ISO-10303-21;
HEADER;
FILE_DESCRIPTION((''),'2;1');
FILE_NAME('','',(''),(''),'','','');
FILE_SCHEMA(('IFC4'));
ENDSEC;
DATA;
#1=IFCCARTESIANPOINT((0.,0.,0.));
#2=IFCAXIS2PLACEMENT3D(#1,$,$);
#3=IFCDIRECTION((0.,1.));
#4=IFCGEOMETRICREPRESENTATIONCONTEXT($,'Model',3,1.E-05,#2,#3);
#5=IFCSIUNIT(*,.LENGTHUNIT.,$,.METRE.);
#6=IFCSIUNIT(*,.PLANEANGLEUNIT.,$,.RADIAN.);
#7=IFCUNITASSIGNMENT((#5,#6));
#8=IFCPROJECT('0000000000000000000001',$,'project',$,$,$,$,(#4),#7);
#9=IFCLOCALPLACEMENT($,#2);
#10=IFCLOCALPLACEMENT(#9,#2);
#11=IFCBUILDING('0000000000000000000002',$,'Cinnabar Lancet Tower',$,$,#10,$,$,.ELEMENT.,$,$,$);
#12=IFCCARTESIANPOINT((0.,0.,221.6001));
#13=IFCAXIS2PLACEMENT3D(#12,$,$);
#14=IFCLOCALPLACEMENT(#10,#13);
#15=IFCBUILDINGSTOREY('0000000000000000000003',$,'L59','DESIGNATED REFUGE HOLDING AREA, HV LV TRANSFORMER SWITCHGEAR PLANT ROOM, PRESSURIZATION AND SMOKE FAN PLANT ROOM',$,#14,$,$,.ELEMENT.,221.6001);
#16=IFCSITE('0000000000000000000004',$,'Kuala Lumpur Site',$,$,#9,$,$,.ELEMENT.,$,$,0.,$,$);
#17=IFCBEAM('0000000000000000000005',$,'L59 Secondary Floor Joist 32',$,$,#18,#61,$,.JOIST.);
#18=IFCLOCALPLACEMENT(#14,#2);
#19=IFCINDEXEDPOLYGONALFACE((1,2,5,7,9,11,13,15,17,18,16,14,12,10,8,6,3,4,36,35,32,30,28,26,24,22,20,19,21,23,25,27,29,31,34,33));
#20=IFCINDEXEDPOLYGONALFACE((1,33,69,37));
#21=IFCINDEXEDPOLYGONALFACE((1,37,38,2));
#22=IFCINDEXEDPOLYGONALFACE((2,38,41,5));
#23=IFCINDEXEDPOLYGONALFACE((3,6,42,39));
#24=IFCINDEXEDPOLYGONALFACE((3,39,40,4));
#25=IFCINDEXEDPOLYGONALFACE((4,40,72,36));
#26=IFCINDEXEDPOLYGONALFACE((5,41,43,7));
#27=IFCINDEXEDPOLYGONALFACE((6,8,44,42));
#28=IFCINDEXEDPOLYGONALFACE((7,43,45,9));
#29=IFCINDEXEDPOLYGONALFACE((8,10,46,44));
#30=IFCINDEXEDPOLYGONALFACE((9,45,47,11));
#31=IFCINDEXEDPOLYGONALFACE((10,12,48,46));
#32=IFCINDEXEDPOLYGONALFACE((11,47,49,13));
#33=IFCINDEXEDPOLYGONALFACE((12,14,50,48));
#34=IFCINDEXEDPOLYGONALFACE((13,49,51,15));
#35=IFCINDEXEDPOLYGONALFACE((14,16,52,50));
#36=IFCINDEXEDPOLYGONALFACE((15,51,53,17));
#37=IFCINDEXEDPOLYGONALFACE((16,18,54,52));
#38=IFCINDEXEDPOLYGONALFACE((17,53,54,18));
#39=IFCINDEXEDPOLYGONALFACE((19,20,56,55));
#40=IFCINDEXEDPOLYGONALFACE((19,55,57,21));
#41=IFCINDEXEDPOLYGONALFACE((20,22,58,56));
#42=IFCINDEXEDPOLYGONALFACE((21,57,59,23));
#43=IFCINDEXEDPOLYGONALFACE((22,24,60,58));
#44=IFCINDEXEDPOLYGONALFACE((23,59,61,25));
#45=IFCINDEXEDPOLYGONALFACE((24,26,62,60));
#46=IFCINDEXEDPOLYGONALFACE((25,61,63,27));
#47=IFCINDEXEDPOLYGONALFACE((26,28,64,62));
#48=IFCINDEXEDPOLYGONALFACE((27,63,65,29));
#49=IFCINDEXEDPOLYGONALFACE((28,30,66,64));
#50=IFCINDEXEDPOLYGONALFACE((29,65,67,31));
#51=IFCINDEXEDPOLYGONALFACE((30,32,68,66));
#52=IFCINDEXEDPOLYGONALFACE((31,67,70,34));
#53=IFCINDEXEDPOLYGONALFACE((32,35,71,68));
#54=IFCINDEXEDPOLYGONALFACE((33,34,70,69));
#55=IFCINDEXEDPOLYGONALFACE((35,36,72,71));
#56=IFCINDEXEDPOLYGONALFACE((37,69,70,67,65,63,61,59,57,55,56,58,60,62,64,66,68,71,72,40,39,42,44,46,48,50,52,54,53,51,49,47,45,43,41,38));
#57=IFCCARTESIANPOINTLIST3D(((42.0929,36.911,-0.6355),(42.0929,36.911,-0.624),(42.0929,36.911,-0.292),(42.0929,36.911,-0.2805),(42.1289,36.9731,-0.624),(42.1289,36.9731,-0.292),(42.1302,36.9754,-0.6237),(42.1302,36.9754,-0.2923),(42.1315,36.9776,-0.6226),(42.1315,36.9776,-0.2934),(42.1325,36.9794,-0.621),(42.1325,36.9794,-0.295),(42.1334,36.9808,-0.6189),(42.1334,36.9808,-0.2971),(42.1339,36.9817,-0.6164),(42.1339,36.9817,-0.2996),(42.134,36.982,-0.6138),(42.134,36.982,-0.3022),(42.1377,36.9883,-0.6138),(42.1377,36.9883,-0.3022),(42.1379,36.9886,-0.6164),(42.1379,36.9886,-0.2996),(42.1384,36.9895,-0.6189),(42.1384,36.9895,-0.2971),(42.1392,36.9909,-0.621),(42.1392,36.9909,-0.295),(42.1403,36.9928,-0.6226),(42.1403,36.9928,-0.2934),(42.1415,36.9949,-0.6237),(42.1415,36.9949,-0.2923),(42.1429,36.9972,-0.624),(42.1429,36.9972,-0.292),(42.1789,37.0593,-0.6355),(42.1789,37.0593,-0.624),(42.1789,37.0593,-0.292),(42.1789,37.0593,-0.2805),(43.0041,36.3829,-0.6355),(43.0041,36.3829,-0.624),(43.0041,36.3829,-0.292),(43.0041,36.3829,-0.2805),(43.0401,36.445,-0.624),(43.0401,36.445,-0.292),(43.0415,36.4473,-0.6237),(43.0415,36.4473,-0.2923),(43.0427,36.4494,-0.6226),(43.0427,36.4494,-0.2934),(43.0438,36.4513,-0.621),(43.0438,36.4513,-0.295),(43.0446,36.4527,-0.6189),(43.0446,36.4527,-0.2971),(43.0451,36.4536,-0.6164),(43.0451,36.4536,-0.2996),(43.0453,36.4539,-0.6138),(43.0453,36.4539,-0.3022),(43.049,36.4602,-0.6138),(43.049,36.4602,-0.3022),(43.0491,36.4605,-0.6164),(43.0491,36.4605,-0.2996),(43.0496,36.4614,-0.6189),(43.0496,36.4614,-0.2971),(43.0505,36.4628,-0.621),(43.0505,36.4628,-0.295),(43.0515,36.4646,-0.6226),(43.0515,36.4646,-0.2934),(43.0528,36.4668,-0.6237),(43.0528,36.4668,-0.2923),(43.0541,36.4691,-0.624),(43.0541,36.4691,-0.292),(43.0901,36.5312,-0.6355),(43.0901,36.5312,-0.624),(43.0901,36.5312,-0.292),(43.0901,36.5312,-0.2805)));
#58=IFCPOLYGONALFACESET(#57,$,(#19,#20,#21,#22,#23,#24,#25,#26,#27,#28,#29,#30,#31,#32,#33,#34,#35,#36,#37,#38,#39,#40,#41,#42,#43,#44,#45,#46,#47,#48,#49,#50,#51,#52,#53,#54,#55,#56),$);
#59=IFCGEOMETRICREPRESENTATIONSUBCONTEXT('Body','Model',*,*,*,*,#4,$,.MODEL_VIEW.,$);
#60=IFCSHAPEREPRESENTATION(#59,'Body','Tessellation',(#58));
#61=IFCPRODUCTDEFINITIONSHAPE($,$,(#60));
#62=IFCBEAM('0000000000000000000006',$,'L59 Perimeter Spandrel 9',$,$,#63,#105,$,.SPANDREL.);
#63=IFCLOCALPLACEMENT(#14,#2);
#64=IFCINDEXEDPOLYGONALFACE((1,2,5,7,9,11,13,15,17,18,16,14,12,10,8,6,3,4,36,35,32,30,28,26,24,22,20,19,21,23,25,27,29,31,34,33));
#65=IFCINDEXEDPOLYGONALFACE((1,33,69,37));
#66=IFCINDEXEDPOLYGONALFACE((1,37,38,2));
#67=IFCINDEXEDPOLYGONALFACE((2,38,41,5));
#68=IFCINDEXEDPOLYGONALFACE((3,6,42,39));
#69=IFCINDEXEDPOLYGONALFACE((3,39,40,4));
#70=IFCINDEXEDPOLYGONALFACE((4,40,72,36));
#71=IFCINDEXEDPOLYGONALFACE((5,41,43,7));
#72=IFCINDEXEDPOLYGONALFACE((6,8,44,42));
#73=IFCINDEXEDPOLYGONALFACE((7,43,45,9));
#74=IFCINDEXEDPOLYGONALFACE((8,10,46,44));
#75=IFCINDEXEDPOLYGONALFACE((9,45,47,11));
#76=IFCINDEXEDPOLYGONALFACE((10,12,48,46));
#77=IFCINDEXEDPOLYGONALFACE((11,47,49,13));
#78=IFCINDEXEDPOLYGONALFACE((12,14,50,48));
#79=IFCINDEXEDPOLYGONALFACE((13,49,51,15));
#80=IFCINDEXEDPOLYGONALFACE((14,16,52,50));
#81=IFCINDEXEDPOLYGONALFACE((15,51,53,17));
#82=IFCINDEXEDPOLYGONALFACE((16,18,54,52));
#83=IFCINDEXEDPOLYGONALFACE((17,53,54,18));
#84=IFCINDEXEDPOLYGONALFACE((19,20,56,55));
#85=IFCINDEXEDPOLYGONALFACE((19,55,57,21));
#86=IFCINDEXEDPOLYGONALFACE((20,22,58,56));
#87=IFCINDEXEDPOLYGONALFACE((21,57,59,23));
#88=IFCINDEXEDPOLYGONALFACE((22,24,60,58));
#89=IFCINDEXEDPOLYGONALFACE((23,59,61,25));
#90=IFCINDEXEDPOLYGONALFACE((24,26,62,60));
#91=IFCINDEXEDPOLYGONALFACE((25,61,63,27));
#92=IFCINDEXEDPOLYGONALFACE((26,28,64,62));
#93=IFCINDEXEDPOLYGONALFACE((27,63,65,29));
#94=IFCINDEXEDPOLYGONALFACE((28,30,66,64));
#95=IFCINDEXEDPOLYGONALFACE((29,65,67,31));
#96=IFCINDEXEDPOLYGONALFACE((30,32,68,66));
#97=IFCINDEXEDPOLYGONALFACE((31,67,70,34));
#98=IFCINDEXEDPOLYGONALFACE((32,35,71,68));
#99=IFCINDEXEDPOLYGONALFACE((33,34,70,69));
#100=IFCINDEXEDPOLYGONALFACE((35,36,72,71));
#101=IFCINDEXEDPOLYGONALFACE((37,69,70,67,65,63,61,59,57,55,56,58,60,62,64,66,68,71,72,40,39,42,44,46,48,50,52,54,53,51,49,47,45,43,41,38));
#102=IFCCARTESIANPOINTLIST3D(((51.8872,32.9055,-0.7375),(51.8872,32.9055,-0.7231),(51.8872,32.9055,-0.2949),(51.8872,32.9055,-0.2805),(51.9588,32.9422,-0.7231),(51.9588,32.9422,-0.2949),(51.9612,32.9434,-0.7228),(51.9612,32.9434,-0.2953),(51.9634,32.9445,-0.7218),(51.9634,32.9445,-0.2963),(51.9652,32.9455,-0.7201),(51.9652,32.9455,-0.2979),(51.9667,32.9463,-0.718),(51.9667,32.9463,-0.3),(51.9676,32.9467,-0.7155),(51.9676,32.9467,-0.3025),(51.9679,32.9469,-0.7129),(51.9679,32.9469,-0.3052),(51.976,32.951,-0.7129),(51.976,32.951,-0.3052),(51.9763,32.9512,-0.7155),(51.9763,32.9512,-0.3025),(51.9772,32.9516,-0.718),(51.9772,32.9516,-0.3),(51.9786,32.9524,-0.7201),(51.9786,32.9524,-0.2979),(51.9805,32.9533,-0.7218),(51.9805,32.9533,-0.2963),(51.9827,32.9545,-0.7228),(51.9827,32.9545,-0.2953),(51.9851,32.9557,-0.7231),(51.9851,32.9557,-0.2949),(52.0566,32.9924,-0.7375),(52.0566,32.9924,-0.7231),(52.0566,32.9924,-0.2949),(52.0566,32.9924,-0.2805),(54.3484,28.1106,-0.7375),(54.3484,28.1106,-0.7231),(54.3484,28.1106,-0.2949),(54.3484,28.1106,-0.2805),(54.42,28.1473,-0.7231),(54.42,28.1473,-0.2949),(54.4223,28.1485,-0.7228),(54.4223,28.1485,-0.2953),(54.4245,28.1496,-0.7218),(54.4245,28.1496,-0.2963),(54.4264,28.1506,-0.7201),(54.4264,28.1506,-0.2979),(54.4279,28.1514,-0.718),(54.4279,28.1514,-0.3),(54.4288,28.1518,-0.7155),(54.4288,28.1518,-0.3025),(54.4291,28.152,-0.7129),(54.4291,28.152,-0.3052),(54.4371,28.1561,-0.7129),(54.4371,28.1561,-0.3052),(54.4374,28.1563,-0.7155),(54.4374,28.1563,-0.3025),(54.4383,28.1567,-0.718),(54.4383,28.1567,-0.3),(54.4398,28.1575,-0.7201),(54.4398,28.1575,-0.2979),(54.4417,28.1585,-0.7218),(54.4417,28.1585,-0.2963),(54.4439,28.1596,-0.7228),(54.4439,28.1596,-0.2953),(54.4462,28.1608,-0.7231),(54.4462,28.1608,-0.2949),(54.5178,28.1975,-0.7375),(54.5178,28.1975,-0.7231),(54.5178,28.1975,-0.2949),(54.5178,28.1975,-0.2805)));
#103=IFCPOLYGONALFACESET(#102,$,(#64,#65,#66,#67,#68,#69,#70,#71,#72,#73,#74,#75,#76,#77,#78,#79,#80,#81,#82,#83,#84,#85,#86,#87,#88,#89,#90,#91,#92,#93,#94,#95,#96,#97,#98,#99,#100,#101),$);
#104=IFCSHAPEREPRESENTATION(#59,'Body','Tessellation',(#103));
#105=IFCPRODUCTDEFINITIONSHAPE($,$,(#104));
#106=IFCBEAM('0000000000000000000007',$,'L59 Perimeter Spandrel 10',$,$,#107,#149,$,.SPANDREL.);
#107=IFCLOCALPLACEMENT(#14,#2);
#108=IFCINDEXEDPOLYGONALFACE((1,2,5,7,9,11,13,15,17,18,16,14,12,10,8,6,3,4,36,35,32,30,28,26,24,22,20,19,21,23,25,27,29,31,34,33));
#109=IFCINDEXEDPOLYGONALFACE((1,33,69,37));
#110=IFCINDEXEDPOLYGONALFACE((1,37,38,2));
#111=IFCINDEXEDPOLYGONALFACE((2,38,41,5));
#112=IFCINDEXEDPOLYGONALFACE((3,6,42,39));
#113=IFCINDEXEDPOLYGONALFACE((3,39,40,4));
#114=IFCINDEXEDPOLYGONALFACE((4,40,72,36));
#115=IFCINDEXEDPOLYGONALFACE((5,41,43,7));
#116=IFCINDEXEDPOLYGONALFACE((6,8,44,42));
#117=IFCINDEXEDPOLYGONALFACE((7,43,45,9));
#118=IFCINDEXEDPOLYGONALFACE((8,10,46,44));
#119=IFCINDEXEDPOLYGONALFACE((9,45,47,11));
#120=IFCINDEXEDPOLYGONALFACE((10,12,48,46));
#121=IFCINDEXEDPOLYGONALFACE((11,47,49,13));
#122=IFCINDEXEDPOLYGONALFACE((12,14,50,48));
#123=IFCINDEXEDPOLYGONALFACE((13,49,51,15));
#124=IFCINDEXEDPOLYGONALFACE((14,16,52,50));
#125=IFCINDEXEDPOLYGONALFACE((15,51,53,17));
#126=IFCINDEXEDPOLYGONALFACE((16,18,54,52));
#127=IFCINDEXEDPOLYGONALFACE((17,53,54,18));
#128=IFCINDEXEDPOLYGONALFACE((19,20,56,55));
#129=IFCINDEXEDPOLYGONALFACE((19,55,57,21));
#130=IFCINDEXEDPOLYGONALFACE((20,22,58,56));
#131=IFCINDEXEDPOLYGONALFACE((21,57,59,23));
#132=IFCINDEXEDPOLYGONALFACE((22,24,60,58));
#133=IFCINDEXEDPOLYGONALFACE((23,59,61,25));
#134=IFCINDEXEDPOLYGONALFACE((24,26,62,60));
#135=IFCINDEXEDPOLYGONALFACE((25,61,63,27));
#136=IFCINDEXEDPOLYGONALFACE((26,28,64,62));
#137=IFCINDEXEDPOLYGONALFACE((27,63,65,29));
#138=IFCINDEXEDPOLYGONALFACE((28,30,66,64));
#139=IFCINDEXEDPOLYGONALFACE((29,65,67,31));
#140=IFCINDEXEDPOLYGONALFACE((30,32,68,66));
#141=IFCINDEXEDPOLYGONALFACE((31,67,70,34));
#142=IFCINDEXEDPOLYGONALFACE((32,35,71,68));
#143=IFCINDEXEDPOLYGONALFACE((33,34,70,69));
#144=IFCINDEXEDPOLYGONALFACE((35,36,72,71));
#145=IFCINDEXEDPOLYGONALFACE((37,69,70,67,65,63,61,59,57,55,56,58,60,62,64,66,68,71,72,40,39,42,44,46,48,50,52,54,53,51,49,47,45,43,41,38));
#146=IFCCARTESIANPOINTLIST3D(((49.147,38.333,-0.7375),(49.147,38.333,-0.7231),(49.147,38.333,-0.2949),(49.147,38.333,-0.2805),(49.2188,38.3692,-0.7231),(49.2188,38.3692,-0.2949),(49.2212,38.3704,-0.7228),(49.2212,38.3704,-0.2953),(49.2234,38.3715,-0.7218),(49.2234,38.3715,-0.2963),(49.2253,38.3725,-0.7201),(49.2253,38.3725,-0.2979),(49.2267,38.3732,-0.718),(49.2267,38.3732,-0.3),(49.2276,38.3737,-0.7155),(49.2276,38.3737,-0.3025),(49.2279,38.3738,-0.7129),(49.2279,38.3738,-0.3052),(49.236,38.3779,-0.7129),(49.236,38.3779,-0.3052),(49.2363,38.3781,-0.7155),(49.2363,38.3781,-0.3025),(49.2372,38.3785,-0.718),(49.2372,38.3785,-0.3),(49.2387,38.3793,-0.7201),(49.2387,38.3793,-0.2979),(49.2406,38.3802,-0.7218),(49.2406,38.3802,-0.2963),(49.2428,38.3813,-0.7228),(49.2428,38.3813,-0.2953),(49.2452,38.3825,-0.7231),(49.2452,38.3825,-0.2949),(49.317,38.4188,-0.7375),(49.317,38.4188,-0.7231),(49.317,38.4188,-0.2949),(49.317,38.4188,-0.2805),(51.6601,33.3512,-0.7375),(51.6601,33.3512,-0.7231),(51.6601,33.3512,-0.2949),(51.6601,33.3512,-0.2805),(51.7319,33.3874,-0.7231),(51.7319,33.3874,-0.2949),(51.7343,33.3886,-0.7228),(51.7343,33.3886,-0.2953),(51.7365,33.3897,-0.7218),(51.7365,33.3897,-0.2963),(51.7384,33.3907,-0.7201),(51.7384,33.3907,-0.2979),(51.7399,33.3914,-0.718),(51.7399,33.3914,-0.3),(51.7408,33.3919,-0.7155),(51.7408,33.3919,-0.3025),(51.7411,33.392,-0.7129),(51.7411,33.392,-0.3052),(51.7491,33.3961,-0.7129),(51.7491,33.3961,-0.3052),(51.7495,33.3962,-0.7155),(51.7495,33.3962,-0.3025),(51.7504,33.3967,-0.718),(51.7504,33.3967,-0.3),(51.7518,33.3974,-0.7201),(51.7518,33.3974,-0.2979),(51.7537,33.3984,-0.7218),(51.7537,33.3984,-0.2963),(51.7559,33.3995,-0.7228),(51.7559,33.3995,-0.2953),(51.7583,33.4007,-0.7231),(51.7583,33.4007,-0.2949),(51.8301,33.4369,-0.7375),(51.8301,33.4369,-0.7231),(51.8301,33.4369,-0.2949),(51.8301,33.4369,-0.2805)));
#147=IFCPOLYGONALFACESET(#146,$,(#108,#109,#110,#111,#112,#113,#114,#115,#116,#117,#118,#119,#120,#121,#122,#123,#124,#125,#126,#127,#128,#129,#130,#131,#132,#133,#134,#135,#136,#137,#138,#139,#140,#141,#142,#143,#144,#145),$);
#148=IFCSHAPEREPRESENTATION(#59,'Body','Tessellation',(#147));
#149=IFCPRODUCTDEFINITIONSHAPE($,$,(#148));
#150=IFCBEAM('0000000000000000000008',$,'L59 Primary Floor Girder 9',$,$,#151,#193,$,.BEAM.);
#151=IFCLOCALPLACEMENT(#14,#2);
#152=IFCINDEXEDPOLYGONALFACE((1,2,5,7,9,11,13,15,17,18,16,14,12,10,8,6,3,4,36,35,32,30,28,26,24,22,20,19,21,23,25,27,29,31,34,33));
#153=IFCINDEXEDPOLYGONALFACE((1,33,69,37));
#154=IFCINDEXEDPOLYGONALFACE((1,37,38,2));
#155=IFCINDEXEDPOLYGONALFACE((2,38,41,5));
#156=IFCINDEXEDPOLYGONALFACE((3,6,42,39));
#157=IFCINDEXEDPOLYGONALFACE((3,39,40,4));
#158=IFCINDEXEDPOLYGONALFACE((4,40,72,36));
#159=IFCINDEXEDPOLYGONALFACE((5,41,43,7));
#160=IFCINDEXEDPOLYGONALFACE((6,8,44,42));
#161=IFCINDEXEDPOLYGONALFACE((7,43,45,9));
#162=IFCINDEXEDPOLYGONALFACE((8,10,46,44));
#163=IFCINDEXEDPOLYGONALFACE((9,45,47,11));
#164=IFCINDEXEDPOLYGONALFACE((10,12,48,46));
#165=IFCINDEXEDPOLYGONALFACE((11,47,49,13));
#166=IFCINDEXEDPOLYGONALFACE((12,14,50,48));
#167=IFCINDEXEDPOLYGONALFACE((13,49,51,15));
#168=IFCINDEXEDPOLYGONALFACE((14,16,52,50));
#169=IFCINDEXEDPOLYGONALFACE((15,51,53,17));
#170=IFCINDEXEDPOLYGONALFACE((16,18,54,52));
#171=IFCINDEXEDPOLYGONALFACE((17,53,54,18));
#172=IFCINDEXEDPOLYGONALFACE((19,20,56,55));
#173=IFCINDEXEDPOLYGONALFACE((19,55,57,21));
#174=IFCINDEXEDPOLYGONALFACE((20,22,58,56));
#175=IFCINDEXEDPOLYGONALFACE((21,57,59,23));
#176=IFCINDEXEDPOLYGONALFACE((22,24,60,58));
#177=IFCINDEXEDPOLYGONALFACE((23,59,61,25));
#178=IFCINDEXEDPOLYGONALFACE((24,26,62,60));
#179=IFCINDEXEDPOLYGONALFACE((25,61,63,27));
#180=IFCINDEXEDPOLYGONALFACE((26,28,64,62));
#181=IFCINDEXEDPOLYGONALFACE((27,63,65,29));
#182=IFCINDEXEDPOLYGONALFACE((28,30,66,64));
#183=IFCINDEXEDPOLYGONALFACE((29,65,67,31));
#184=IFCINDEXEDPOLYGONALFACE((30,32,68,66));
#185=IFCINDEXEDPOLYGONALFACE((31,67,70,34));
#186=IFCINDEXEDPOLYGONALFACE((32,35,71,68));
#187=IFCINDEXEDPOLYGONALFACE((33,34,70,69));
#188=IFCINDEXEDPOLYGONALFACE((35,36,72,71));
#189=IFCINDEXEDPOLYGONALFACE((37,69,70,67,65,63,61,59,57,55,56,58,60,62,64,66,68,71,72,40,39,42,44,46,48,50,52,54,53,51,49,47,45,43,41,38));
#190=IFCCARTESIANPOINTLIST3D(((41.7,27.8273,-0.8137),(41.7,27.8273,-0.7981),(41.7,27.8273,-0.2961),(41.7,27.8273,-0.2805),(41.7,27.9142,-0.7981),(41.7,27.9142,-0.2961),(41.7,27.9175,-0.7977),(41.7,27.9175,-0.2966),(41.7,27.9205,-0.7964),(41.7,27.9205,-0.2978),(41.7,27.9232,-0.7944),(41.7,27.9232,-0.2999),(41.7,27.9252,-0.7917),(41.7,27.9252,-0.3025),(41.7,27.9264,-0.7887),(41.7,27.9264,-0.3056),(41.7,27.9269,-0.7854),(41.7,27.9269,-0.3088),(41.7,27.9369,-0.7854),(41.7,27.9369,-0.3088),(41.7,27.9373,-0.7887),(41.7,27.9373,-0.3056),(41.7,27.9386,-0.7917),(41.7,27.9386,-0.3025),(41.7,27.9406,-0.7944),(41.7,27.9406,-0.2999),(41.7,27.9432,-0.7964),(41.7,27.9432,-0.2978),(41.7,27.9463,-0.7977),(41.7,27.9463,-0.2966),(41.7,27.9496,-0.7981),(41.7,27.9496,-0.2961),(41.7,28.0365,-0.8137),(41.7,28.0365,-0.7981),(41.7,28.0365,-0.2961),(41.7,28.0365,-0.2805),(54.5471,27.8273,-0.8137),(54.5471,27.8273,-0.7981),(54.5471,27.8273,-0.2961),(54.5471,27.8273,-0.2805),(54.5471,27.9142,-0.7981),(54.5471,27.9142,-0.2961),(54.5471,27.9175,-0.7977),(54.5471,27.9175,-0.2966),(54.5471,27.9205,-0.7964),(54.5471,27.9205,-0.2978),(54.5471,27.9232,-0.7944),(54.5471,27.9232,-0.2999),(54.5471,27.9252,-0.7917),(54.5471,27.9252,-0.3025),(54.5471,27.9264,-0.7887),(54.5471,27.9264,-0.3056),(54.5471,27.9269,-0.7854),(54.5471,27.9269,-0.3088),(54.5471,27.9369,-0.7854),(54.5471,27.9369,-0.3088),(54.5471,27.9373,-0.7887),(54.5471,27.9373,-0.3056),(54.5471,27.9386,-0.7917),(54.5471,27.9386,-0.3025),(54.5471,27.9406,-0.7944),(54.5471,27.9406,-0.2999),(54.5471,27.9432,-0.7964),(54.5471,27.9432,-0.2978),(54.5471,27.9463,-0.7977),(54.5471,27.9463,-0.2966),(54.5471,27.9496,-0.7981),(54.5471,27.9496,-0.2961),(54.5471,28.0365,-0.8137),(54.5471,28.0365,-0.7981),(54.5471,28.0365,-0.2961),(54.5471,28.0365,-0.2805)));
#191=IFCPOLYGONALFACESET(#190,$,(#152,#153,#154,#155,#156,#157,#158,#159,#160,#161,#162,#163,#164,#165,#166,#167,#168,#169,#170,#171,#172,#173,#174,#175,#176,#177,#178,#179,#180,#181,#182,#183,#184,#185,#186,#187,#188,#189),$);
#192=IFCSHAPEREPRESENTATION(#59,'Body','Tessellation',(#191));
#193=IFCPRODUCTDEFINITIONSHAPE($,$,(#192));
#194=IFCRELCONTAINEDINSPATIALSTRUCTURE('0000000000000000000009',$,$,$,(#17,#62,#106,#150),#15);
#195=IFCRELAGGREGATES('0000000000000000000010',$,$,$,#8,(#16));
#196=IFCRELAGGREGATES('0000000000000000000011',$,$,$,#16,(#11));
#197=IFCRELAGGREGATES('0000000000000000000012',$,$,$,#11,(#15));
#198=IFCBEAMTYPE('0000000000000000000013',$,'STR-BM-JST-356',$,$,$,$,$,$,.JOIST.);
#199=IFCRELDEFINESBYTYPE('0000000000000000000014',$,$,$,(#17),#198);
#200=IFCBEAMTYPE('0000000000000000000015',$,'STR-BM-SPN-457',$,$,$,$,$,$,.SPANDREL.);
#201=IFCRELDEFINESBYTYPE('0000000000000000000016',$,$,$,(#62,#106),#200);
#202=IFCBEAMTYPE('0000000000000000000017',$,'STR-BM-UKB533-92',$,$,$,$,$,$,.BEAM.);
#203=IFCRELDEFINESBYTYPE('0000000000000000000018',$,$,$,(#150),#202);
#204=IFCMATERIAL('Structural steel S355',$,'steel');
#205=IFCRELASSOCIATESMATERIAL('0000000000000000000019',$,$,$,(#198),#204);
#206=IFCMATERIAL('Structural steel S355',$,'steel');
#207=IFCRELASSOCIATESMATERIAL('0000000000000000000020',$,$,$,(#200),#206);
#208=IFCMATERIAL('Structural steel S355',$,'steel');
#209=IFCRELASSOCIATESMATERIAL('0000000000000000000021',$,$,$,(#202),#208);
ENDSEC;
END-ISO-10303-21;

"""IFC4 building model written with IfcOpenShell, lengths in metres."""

from ifc_helpers import new_model, si_unit, direction, frame, origin, origin_2d, place, context, subcontext, project, spatial, i_section, extrude, material, material_profile, profile_set, type_object, element, save


model = new_model("IFC4")

# Units and contexts
model_context = context("Model", 3, precision=1e-05, world=origin(), true_north=direction((0.0, 1.0)))
body_context = subcontext(model_context, "Body", "Model", "MODEL_VIEW")
ifc_project = project(units=[si_unit("LENGTHUNIT", "METRE"), si_unit("PLANEANGLEUNIT", "RADIAN")], contexts=[model_context])

# Site, building, storey
site_placement = place(None, origin())
site = spatial("IfcSite", under=ifc_project, at=site_placement, Name="Kuala Lumpur Site", CompositionType="ELEMENT", RefElevation=0.0)
building_placement = place(site_placement, origin())
building = spatial("IfcBuilding", under=site, at=building_placement, Name="Cinnabar Lancet Tower", CompositionType="ELEMENT")
storey_placement = place(building_placement, frame((0.0, 0.0, 221.6001)))
storey = spatial("IfcBuildingStorey", under=building, at=storey_placement, Name="L59", Description="DESIGNATED REFUGE HOLDING AREA, HV LV TRANSFORMER SWITCHGEAR PLANT ROOM, PRESSURIZATION AND SMOKE FAN PLANT ROOM", CompositionType="ELEMENT", Elevation=221.6001)

# Beams
ifc_material_1 = material(Name="Structural steel S355", Category="steel")
ifc_material_profile_1 = material_profile(ifc_material_1, i_section(OverallWidth=0.1714, OverallDepth=0.355, WebThickness=0.0073, FlangeThickness=0.0115, FilletRadius=0.0103, at=origin_2d()), Name="UKB 356x171x51")
ifc_profile_set_1 = profile_set([ifc_material_profile_1], Name="Structural steel S355")
beam_type_1 = type_object("IfcBeamType", Name="STR-BM-JST-356", PredefinedType="JOIST", material=ifc_profile_set_1)
beam_1_placement = place(storey_placement, frame((43.0471, 36.457, -0.458), z_axis=(-0.865188, 0.501447, 0.0), x_axis=(-0.501447, -0.865188, 0.0)))
element("IfcBeam", 1, at=beam_1_placement, inside=storey, type_object=beam_type_1, Name="L59 Secondary Floor Joist 32", PredefinedType="JOIST", context=body_context, shape_type="SweptSolid", body=[
    extrude(i_section(OverallWidth=0.1714, OverallDepth=0.355, WebThickness=0.0073, FlangeThickness=0.0115, FilletRadius=0.0103, at=origin_2d()), origin(), (0.0, 0.0, 1.0), 1.0532),
])
ifc_material_2 = material(Name="Structural steel S355", Category="steel")
ifc_material_profile_2 = material_profile(ifc_material_2, i_section(OverallWidth=0.1904, OverallDepth=0.457, WebThickness=0.009, FlangeThickness=0.0144, FilletRadius=0.0103, at=origin_2d()), Name="UKB 457x191x74")
ifc_profile_set_2 = profile_set([ifc_material_profile_2], Name="Structural steel S355")
beam_type_2 = type_object("IfcBeamType", Name="STR-BM-SPN-457", PredefinedType="SPANDREL", material=ifc_profile_set_2)
beam_2_placement = place(storey_placement, frame((54.4331, 28.1541, -0.509), z_axis=(-0.456647, 0.889648, 0.0), x_axis=(-0.889648, -0.456647, 0.0)))
element("IfcBeam", 2, at=beam_2_placement, inside=storey, type_object=beam_type_2, Name="L59 Perimeter Spandrel 9", PredefinedType="SPANDREL", context=body_context, shape_type="SweptSolid", body=[
    extrude(i_section(OverallWidth=0.1904, OverallDepth=0.457, WebThickness=0.009, FlangeThickness=0.0144, FilletRadius=0.0103, at=origin_2d()), origin(), (0.0, 0.0, 1.0), 5.3896),
])
beam_3_placement = place(storey_placement, frame((51.7451, 33.394, -0.509), z_axis=(-0.450396, 0.892829, 0.0), x_axis=(-0.892829, -0.450396, 0.0)))
element("IfcBeam", 3, at=beam_3_placement, inside=storey, type_object=beam_type_2, Name="L59 Perimeter Spandrel 10", PredefinedType="SPANDREL", context=body_context, shape_type="SweptSolid", body=[
    extrude(i_section(OverallWidth=0.1904, OverallDepth=0.457, WebThickness=0.009, FlangeThickness=0.0144, FilletRadius=0.0103, at=origin_2d()), origin(), (0.0, 0.0, 1.0), 5.5798),
])
ifc_material_3 = material(Name="Structural steel S355", Category="steel")
ifc_material_profile_3 = material_profile(ifc_material_3, i_section(OverallWidth=0.2092, OverallDepth=0.5332, WebThickness=0.01, FlangeThickness=0.0156, FilletRadius=0.0127, at=origin_2d()), Name="UKB 533x210x92")
ifc_profile_set_3 = profile_set([ifc_material_profile_3], Name="Structural steel S355")
beam_type_3 = type_object("IfcBeamType", Name="STR-BM-UKB533-92", PredefinedType="BEAM", material=ifc_profile_set_3)
beam_4_placement = place(storey_placement, frame((54.5471, 27.9319, -0.5471), z_axis=(-1.0, 0.0, 0.0), x_axis=(0.0, -1.0, 0.0)))
element("IfcBeam", 4, at=beam_4_placement, inside=storey, type_object=beam_type_3, Name="L59 Primary Floor Girder 9", PredefinedType="BEAM", context=body_context, shape_type="SweptSolid", body=[
    extrude(i_section(OverallWidth=0.2092, OverallDepth=0.5332, WebThickness=0.01, FlangeThickness=0.0156, FilletRadius=0.0127, at=origin_2d()), origin(), (0.0, 0.0, 1.0), 12.8472),
])

save(model, "model.ifc")
